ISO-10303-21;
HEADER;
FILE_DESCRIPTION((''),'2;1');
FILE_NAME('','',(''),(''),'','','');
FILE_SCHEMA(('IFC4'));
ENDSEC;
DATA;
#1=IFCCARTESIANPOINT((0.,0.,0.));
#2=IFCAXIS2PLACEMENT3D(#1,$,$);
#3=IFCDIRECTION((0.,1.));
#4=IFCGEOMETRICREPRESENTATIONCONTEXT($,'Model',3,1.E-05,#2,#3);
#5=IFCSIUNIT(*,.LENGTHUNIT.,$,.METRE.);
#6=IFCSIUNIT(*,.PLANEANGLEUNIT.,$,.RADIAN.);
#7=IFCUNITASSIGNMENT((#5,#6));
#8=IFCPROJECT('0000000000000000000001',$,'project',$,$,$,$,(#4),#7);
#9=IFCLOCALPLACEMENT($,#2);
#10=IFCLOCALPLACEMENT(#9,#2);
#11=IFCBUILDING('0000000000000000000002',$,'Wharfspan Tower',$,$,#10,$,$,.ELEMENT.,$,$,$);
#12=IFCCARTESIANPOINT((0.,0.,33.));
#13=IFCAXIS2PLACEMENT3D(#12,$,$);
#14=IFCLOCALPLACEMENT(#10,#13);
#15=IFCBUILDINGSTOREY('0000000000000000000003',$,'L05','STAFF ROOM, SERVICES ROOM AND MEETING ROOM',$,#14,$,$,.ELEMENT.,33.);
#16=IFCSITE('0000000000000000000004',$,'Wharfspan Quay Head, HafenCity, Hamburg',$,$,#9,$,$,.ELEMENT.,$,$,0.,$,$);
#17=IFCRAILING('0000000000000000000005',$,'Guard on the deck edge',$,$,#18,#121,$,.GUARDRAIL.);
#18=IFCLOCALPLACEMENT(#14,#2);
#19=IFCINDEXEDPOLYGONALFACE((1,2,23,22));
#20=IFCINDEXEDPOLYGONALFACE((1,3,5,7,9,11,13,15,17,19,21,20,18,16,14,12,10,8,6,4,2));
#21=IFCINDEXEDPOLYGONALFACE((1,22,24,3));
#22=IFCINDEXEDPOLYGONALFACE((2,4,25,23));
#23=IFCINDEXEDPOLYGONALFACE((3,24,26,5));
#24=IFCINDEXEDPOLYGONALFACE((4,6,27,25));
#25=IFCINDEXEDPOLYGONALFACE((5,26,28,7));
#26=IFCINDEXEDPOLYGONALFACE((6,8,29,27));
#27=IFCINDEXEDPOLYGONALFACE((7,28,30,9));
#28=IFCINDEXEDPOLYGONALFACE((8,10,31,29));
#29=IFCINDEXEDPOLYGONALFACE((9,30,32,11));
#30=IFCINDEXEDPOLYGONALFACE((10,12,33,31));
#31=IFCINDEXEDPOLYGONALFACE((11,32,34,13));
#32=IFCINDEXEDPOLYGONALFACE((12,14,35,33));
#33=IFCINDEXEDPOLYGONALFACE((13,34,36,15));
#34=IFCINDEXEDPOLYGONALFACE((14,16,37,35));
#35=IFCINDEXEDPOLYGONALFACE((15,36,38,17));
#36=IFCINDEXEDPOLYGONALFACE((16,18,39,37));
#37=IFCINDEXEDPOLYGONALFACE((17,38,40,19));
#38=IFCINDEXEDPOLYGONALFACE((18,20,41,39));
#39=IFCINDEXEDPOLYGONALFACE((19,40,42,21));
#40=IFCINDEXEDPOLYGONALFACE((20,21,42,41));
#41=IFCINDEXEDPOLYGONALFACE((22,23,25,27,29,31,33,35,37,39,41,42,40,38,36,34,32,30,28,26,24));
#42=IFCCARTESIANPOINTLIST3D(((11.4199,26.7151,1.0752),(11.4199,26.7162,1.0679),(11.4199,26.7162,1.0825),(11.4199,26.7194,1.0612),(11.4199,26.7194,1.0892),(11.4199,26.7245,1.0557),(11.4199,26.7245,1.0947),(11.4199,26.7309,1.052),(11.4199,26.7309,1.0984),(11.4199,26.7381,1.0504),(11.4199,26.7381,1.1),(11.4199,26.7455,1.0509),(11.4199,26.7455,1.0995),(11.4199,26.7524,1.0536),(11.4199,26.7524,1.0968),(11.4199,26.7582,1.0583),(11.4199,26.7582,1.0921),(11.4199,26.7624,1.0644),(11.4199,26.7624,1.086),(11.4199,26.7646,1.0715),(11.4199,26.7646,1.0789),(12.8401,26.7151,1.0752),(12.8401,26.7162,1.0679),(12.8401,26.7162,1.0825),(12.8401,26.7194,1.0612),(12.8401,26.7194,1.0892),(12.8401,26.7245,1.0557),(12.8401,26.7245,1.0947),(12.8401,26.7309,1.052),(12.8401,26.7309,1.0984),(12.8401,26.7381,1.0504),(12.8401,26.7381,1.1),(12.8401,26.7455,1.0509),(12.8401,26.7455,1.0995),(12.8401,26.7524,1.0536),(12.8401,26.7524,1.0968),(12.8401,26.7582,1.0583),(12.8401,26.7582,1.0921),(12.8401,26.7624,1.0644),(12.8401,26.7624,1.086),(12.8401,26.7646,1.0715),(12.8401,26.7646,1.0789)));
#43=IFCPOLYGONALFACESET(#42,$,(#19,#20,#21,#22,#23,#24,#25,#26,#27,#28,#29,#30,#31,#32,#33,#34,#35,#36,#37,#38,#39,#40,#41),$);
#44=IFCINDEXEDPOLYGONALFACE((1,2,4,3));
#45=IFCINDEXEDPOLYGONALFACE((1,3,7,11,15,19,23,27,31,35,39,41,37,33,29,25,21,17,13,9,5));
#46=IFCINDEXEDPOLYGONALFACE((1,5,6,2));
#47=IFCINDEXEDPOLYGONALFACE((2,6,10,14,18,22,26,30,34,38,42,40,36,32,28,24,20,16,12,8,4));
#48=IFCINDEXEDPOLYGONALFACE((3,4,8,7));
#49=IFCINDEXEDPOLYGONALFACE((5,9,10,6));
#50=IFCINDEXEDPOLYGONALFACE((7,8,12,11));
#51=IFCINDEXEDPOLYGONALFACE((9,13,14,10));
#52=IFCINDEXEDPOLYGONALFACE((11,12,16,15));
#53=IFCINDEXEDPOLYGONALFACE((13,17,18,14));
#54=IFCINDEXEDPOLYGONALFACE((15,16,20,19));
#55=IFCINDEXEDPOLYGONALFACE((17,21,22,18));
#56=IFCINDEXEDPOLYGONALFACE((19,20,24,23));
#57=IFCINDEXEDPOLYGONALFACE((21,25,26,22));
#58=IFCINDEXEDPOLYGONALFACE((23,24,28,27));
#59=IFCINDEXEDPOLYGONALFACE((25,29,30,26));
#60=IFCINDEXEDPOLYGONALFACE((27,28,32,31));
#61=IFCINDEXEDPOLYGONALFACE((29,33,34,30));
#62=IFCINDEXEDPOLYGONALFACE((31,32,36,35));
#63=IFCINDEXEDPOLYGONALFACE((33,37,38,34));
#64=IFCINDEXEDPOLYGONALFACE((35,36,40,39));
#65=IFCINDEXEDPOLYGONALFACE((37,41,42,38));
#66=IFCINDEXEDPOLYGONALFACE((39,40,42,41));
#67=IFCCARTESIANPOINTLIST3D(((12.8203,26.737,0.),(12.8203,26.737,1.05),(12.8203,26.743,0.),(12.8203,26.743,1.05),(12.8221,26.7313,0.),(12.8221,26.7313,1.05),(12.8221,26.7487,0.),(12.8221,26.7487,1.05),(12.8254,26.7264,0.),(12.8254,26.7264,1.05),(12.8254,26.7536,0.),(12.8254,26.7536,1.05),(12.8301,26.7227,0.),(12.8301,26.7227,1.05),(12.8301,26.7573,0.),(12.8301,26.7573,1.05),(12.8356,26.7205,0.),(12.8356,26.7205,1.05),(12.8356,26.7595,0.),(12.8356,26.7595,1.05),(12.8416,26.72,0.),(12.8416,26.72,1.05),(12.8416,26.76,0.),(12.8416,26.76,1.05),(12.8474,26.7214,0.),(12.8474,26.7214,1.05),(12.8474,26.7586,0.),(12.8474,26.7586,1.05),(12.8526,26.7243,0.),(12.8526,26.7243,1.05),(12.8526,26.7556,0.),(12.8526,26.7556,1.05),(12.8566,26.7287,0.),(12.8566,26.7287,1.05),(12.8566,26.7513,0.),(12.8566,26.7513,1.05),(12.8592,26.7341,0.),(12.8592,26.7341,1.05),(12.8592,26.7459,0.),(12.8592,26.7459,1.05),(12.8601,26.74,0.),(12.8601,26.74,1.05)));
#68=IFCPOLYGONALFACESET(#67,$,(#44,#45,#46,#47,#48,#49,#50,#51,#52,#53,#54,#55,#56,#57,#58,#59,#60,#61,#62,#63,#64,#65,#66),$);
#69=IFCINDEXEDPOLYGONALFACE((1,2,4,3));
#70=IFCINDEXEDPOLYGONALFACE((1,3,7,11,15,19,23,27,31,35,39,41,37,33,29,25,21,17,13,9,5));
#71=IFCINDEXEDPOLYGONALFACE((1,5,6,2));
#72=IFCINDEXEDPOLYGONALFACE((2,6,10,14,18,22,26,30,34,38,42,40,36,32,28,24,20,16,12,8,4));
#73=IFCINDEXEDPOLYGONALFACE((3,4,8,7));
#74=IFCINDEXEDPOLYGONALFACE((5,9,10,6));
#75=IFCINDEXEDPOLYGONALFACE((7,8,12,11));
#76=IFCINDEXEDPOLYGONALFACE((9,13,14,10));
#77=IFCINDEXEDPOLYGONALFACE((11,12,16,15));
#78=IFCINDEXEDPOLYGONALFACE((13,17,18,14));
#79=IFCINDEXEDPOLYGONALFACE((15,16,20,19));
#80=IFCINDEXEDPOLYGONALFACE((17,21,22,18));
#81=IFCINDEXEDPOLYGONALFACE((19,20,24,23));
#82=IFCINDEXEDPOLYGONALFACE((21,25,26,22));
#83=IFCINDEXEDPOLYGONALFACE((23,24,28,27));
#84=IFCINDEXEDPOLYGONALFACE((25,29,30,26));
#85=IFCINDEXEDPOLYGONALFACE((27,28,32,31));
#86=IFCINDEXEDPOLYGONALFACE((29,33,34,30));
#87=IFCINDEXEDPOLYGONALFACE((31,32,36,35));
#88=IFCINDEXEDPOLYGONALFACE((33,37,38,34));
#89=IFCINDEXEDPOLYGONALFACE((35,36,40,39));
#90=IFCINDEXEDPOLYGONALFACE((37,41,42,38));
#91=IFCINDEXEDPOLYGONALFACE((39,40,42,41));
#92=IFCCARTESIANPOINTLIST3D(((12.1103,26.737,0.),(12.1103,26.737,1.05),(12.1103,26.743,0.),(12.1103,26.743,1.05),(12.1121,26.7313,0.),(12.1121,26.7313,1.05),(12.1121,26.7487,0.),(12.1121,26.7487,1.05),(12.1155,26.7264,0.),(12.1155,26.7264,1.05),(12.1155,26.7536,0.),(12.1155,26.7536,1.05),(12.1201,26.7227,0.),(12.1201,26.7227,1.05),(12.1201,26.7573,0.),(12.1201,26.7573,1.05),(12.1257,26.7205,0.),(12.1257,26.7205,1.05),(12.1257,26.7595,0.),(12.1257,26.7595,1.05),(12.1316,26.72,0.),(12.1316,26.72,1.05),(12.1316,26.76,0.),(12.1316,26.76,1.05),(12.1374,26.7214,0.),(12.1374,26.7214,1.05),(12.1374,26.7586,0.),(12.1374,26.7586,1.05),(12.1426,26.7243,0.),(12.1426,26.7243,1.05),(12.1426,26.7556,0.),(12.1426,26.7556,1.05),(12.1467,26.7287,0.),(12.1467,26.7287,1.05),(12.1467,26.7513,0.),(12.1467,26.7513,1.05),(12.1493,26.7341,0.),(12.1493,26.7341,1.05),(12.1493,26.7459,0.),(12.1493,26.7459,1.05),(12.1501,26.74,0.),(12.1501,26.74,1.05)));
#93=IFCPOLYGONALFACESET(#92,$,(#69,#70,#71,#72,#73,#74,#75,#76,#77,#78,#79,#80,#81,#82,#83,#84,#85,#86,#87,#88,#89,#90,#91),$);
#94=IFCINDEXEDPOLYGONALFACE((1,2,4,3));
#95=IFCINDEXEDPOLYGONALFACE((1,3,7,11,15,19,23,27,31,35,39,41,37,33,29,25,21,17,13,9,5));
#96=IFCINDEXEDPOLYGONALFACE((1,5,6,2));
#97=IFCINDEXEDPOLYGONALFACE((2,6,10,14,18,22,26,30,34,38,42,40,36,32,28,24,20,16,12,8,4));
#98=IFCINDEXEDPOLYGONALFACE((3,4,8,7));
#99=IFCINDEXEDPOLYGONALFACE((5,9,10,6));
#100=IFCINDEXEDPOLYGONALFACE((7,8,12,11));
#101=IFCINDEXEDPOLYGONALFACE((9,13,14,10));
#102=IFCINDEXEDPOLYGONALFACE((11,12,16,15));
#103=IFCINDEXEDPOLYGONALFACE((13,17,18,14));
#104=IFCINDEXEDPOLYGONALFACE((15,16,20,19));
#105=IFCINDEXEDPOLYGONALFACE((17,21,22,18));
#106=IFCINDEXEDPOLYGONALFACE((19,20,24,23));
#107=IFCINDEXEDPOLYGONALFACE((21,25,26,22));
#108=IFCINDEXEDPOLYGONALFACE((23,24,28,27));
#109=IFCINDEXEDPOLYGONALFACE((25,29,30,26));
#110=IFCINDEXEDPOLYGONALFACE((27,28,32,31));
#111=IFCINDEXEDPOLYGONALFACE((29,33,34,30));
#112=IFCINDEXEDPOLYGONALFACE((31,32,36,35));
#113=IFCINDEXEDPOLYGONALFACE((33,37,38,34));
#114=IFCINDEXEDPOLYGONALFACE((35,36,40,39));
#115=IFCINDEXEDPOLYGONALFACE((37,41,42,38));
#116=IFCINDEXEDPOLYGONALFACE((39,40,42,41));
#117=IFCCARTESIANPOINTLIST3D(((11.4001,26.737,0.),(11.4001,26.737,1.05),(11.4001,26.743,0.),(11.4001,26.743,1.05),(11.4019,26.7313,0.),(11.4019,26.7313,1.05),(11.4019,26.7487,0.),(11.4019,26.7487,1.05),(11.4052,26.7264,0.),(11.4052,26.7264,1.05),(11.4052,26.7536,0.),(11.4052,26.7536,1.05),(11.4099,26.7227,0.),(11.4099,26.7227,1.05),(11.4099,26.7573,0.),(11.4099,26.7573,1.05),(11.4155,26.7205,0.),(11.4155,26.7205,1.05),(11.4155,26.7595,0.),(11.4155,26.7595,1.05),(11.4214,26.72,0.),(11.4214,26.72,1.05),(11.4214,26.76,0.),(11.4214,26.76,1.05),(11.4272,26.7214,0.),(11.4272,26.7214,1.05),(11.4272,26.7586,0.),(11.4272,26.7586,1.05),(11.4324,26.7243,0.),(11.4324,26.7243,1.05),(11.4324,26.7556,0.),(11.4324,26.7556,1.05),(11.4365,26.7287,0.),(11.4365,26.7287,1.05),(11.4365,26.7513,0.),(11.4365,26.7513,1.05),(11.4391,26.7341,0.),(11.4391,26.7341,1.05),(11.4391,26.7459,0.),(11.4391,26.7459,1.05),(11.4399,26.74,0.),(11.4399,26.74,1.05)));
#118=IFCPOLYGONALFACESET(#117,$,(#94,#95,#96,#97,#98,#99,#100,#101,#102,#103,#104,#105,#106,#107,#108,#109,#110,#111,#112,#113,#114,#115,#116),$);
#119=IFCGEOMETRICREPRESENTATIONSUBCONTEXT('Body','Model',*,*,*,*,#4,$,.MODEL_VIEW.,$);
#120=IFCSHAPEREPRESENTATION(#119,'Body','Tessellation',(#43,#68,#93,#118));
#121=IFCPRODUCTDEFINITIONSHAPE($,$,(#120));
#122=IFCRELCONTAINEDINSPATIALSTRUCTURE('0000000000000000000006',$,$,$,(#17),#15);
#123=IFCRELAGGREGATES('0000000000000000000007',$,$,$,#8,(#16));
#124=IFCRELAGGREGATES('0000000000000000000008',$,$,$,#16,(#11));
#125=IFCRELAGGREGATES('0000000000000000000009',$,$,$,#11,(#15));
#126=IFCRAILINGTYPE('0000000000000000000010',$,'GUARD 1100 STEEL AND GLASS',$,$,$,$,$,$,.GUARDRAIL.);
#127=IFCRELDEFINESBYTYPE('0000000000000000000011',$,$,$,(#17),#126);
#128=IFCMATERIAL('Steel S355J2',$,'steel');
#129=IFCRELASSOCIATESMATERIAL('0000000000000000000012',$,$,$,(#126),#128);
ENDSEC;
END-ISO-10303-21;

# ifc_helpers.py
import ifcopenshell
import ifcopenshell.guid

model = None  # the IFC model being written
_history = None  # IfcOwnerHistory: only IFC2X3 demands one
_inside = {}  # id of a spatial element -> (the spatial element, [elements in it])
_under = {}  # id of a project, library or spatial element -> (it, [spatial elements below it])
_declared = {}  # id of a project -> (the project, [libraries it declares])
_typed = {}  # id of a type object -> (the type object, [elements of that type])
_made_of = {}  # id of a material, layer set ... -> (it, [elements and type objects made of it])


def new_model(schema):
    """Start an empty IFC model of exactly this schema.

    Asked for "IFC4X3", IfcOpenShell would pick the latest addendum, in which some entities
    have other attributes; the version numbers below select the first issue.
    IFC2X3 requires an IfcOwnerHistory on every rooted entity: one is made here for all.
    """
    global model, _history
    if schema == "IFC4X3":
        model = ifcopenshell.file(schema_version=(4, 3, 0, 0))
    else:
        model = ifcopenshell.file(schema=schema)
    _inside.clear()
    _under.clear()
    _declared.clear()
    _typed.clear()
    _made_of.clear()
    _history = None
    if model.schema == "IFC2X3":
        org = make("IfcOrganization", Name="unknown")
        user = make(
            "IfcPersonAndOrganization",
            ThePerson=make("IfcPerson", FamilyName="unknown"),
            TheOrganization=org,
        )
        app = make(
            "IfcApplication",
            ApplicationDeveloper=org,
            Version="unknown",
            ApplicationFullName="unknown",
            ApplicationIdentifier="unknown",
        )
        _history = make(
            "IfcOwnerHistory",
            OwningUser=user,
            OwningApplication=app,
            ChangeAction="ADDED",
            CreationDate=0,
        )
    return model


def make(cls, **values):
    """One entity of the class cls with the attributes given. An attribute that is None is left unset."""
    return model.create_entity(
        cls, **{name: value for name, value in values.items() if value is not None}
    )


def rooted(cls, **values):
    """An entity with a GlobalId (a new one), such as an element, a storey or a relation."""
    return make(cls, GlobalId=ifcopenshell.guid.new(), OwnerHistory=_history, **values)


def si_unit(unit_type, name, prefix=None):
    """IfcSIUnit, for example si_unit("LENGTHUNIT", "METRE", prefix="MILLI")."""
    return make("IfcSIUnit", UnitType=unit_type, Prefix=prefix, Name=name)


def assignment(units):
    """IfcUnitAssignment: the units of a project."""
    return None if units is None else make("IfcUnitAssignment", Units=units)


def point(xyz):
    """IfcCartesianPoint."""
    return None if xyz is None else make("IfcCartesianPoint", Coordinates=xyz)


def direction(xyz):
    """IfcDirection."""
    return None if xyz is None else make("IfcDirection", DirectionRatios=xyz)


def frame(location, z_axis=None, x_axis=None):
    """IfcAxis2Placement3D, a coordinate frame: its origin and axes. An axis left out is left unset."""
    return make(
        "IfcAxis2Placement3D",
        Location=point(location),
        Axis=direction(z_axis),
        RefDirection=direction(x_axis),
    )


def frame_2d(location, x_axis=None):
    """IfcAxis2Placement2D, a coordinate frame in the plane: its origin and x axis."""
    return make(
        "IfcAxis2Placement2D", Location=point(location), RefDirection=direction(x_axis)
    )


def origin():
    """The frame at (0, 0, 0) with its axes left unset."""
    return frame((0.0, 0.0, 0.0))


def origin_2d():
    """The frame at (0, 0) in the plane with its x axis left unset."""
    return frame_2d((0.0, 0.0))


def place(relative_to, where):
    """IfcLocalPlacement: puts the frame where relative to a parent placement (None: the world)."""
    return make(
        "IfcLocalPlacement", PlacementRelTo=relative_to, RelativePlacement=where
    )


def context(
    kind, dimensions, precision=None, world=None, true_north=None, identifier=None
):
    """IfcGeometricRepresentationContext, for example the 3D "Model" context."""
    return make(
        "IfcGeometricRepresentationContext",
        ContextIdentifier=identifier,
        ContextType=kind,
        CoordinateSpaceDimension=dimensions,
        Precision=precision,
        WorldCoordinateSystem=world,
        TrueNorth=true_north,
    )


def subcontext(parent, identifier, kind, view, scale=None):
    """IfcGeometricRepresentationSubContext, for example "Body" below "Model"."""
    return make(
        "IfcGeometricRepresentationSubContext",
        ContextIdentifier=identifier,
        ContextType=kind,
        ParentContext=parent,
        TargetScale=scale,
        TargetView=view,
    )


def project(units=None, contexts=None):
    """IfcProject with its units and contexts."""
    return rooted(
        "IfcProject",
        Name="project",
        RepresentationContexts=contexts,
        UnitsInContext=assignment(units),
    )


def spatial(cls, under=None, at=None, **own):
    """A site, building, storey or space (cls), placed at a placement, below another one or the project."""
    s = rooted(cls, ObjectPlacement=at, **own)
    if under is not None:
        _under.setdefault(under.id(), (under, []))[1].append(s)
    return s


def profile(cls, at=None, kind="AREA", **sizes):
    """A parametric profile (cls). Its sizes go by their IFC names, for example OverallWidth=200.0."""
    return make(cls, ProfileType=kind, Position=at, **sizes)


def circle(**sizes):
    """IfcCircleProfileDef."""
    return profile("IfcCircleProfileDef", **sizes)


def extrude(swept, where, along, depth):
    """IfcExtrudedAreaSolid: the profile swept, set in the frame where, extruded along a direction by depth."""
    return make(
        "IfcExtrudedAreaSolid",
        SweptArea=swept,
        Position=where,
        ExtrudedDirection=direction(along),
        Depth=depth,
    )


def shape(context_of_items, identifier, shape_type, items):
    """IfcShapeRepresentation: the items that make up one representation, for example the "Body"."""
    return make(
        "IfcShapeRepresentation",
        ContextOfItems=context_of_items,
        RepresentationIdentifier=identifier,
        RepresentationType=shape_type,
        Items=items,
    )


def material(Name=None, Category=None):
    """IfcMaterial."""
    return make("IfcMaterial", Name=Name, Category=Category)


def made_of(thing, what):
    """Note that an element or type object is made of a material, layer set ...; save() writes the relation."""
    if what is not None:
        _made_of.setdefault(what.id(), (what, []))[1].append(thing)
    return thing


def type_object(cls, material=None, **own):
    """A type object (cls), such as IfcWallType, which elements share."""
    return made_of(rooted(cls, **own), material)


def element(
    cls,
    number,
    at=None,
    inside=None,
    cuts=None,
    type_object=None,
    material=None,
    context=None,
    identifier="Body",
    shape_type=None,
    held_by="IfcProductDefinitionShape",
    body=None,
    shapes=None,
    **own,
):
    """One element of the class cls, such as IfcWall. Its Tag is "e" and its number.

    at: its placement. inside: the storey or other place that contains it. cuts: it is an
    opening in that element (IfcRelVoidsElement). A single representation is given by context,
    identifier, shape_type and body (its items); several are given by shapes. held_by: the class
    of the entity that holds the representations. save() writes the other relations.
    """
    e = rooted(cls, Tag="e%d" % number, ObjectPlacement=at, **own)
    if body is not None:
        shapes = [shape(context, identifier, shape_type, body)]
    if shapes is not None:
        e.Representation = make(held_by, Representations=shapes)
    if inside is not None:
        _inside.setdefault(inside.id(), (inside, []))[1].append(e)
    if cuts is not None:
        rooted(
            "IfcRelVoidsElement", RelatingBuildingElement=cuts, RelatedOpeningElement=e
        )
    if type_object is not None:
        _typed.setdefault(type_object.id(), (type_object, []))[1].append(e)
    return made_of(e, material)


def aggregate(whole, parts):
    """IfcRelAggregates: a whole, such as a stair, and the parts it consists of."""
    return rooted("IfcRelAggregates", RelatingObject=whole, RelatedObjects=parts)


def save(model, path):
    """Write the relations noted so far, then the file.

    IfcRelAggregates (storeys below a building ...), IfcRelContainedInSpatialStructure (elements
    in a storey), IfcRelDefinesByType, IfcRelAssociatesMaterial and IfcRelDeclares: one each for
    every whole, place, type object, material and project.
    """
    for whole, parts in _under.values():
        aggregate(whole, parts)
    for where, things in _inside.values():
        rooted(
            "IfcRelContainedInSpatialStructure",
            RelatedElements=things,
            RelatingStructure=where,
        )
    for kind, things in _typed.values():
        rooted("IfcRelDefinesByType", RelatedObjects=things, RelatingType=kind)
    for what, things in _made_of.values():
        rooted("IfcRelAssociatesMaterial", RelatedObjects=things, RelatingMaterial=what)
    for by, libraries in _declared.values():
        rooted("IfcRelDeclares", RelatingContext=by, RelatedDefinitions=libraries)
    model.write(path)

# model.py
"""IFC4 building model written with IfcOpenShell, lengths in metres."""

from ifc_helpers import new_model, si_unit, direction, frame, origin, origin_2d, place, context, subcontext, project, spatial, circle, extrude, material, type_object, element, save


model = new_model("IFC4")

# Units and contexts
model_context = context("Model", 3, precision=1e-05, world=origin(), true_north=direction((0.0, 1.0)))
body_context = subcontext(model_context, "Body", "Model", "MODEL_VIEW")
ifc_project = project(units=[si_unit("LENGTHUNIT", "METRE"), si_unit("PLANEANGLEUNIT", "RADIAN")], contexts=[model_context])

# Site, building, storey
site_placement = place(None, origin())
site = spatial("IfcSite", under=ifc_project, at=site_placement, Name="Wharfspan Quay Head, HafenCity, Hamburg", CompositionType="ELEMENT", RefElevation=0.0)
building_placement = place(site_placement, origin())
building = spatial("IfcBuilding", under=site, at=building_placement, Name="Wharfspan Tower", CompositionType="ELEMENT")
storey_placement = place(building_placement, frame((0.0, 0.0, 33.0)))
storey = spatial("IfcBuildingStorey", under=building, at=storey_placement, Name="L05", Description="STAFF ROOM, SERVICES ROOM AND MEETING ROOM", CompositionType="ELEMENT", Elevation=33.0)

# Railing
ifc_material_1 = material(Name="Steel S355J2", Category="steel")
railing_type = type_object("IfcRailingType", Name="GUARD 1100 STEEL AND GLASS", PredefinedType="GUARDRAIL", material=ifc_material_1)
railing_1_placement = place(storey_placement, frame((12.8401, 26.74, 0.0)))
element("IfcRailing", 1, at=railing_1_placement, inside=storey, type_object=railing_type, Name="Guard on the deck edge", PredefinedType="GUARDRAIL", context=body_context, shape_type="SweptSolid", body=[
    extrude(circle(Radius=0.0249, at=origin_2d()), frame((0.0, 0.0, 1.0752), z_axis=(-1.0, 0.0, 0.0), x_axis=(0.0, -1.0, 0.0)), (0.0, 0.0, 1.0), 1.4202),
    extrude(circle(Radius=0.02, at=origin_2d()), origin(), (0.0, 0.0, 1.0), 1.05),
    extrude(circle(Radius=0.02, at=origin_2d()), frame((-0.71, 0.0, 0.0)), (0.0, 0.0, 1.0), 1.05),
    extrude(circle(Radius=0.02, at=origin_2d()), frame((-1.4202, 0.0, 0.0)), (0.0, 0.0, 1.0), 1.05),
])

save(model, "model.ifc")
